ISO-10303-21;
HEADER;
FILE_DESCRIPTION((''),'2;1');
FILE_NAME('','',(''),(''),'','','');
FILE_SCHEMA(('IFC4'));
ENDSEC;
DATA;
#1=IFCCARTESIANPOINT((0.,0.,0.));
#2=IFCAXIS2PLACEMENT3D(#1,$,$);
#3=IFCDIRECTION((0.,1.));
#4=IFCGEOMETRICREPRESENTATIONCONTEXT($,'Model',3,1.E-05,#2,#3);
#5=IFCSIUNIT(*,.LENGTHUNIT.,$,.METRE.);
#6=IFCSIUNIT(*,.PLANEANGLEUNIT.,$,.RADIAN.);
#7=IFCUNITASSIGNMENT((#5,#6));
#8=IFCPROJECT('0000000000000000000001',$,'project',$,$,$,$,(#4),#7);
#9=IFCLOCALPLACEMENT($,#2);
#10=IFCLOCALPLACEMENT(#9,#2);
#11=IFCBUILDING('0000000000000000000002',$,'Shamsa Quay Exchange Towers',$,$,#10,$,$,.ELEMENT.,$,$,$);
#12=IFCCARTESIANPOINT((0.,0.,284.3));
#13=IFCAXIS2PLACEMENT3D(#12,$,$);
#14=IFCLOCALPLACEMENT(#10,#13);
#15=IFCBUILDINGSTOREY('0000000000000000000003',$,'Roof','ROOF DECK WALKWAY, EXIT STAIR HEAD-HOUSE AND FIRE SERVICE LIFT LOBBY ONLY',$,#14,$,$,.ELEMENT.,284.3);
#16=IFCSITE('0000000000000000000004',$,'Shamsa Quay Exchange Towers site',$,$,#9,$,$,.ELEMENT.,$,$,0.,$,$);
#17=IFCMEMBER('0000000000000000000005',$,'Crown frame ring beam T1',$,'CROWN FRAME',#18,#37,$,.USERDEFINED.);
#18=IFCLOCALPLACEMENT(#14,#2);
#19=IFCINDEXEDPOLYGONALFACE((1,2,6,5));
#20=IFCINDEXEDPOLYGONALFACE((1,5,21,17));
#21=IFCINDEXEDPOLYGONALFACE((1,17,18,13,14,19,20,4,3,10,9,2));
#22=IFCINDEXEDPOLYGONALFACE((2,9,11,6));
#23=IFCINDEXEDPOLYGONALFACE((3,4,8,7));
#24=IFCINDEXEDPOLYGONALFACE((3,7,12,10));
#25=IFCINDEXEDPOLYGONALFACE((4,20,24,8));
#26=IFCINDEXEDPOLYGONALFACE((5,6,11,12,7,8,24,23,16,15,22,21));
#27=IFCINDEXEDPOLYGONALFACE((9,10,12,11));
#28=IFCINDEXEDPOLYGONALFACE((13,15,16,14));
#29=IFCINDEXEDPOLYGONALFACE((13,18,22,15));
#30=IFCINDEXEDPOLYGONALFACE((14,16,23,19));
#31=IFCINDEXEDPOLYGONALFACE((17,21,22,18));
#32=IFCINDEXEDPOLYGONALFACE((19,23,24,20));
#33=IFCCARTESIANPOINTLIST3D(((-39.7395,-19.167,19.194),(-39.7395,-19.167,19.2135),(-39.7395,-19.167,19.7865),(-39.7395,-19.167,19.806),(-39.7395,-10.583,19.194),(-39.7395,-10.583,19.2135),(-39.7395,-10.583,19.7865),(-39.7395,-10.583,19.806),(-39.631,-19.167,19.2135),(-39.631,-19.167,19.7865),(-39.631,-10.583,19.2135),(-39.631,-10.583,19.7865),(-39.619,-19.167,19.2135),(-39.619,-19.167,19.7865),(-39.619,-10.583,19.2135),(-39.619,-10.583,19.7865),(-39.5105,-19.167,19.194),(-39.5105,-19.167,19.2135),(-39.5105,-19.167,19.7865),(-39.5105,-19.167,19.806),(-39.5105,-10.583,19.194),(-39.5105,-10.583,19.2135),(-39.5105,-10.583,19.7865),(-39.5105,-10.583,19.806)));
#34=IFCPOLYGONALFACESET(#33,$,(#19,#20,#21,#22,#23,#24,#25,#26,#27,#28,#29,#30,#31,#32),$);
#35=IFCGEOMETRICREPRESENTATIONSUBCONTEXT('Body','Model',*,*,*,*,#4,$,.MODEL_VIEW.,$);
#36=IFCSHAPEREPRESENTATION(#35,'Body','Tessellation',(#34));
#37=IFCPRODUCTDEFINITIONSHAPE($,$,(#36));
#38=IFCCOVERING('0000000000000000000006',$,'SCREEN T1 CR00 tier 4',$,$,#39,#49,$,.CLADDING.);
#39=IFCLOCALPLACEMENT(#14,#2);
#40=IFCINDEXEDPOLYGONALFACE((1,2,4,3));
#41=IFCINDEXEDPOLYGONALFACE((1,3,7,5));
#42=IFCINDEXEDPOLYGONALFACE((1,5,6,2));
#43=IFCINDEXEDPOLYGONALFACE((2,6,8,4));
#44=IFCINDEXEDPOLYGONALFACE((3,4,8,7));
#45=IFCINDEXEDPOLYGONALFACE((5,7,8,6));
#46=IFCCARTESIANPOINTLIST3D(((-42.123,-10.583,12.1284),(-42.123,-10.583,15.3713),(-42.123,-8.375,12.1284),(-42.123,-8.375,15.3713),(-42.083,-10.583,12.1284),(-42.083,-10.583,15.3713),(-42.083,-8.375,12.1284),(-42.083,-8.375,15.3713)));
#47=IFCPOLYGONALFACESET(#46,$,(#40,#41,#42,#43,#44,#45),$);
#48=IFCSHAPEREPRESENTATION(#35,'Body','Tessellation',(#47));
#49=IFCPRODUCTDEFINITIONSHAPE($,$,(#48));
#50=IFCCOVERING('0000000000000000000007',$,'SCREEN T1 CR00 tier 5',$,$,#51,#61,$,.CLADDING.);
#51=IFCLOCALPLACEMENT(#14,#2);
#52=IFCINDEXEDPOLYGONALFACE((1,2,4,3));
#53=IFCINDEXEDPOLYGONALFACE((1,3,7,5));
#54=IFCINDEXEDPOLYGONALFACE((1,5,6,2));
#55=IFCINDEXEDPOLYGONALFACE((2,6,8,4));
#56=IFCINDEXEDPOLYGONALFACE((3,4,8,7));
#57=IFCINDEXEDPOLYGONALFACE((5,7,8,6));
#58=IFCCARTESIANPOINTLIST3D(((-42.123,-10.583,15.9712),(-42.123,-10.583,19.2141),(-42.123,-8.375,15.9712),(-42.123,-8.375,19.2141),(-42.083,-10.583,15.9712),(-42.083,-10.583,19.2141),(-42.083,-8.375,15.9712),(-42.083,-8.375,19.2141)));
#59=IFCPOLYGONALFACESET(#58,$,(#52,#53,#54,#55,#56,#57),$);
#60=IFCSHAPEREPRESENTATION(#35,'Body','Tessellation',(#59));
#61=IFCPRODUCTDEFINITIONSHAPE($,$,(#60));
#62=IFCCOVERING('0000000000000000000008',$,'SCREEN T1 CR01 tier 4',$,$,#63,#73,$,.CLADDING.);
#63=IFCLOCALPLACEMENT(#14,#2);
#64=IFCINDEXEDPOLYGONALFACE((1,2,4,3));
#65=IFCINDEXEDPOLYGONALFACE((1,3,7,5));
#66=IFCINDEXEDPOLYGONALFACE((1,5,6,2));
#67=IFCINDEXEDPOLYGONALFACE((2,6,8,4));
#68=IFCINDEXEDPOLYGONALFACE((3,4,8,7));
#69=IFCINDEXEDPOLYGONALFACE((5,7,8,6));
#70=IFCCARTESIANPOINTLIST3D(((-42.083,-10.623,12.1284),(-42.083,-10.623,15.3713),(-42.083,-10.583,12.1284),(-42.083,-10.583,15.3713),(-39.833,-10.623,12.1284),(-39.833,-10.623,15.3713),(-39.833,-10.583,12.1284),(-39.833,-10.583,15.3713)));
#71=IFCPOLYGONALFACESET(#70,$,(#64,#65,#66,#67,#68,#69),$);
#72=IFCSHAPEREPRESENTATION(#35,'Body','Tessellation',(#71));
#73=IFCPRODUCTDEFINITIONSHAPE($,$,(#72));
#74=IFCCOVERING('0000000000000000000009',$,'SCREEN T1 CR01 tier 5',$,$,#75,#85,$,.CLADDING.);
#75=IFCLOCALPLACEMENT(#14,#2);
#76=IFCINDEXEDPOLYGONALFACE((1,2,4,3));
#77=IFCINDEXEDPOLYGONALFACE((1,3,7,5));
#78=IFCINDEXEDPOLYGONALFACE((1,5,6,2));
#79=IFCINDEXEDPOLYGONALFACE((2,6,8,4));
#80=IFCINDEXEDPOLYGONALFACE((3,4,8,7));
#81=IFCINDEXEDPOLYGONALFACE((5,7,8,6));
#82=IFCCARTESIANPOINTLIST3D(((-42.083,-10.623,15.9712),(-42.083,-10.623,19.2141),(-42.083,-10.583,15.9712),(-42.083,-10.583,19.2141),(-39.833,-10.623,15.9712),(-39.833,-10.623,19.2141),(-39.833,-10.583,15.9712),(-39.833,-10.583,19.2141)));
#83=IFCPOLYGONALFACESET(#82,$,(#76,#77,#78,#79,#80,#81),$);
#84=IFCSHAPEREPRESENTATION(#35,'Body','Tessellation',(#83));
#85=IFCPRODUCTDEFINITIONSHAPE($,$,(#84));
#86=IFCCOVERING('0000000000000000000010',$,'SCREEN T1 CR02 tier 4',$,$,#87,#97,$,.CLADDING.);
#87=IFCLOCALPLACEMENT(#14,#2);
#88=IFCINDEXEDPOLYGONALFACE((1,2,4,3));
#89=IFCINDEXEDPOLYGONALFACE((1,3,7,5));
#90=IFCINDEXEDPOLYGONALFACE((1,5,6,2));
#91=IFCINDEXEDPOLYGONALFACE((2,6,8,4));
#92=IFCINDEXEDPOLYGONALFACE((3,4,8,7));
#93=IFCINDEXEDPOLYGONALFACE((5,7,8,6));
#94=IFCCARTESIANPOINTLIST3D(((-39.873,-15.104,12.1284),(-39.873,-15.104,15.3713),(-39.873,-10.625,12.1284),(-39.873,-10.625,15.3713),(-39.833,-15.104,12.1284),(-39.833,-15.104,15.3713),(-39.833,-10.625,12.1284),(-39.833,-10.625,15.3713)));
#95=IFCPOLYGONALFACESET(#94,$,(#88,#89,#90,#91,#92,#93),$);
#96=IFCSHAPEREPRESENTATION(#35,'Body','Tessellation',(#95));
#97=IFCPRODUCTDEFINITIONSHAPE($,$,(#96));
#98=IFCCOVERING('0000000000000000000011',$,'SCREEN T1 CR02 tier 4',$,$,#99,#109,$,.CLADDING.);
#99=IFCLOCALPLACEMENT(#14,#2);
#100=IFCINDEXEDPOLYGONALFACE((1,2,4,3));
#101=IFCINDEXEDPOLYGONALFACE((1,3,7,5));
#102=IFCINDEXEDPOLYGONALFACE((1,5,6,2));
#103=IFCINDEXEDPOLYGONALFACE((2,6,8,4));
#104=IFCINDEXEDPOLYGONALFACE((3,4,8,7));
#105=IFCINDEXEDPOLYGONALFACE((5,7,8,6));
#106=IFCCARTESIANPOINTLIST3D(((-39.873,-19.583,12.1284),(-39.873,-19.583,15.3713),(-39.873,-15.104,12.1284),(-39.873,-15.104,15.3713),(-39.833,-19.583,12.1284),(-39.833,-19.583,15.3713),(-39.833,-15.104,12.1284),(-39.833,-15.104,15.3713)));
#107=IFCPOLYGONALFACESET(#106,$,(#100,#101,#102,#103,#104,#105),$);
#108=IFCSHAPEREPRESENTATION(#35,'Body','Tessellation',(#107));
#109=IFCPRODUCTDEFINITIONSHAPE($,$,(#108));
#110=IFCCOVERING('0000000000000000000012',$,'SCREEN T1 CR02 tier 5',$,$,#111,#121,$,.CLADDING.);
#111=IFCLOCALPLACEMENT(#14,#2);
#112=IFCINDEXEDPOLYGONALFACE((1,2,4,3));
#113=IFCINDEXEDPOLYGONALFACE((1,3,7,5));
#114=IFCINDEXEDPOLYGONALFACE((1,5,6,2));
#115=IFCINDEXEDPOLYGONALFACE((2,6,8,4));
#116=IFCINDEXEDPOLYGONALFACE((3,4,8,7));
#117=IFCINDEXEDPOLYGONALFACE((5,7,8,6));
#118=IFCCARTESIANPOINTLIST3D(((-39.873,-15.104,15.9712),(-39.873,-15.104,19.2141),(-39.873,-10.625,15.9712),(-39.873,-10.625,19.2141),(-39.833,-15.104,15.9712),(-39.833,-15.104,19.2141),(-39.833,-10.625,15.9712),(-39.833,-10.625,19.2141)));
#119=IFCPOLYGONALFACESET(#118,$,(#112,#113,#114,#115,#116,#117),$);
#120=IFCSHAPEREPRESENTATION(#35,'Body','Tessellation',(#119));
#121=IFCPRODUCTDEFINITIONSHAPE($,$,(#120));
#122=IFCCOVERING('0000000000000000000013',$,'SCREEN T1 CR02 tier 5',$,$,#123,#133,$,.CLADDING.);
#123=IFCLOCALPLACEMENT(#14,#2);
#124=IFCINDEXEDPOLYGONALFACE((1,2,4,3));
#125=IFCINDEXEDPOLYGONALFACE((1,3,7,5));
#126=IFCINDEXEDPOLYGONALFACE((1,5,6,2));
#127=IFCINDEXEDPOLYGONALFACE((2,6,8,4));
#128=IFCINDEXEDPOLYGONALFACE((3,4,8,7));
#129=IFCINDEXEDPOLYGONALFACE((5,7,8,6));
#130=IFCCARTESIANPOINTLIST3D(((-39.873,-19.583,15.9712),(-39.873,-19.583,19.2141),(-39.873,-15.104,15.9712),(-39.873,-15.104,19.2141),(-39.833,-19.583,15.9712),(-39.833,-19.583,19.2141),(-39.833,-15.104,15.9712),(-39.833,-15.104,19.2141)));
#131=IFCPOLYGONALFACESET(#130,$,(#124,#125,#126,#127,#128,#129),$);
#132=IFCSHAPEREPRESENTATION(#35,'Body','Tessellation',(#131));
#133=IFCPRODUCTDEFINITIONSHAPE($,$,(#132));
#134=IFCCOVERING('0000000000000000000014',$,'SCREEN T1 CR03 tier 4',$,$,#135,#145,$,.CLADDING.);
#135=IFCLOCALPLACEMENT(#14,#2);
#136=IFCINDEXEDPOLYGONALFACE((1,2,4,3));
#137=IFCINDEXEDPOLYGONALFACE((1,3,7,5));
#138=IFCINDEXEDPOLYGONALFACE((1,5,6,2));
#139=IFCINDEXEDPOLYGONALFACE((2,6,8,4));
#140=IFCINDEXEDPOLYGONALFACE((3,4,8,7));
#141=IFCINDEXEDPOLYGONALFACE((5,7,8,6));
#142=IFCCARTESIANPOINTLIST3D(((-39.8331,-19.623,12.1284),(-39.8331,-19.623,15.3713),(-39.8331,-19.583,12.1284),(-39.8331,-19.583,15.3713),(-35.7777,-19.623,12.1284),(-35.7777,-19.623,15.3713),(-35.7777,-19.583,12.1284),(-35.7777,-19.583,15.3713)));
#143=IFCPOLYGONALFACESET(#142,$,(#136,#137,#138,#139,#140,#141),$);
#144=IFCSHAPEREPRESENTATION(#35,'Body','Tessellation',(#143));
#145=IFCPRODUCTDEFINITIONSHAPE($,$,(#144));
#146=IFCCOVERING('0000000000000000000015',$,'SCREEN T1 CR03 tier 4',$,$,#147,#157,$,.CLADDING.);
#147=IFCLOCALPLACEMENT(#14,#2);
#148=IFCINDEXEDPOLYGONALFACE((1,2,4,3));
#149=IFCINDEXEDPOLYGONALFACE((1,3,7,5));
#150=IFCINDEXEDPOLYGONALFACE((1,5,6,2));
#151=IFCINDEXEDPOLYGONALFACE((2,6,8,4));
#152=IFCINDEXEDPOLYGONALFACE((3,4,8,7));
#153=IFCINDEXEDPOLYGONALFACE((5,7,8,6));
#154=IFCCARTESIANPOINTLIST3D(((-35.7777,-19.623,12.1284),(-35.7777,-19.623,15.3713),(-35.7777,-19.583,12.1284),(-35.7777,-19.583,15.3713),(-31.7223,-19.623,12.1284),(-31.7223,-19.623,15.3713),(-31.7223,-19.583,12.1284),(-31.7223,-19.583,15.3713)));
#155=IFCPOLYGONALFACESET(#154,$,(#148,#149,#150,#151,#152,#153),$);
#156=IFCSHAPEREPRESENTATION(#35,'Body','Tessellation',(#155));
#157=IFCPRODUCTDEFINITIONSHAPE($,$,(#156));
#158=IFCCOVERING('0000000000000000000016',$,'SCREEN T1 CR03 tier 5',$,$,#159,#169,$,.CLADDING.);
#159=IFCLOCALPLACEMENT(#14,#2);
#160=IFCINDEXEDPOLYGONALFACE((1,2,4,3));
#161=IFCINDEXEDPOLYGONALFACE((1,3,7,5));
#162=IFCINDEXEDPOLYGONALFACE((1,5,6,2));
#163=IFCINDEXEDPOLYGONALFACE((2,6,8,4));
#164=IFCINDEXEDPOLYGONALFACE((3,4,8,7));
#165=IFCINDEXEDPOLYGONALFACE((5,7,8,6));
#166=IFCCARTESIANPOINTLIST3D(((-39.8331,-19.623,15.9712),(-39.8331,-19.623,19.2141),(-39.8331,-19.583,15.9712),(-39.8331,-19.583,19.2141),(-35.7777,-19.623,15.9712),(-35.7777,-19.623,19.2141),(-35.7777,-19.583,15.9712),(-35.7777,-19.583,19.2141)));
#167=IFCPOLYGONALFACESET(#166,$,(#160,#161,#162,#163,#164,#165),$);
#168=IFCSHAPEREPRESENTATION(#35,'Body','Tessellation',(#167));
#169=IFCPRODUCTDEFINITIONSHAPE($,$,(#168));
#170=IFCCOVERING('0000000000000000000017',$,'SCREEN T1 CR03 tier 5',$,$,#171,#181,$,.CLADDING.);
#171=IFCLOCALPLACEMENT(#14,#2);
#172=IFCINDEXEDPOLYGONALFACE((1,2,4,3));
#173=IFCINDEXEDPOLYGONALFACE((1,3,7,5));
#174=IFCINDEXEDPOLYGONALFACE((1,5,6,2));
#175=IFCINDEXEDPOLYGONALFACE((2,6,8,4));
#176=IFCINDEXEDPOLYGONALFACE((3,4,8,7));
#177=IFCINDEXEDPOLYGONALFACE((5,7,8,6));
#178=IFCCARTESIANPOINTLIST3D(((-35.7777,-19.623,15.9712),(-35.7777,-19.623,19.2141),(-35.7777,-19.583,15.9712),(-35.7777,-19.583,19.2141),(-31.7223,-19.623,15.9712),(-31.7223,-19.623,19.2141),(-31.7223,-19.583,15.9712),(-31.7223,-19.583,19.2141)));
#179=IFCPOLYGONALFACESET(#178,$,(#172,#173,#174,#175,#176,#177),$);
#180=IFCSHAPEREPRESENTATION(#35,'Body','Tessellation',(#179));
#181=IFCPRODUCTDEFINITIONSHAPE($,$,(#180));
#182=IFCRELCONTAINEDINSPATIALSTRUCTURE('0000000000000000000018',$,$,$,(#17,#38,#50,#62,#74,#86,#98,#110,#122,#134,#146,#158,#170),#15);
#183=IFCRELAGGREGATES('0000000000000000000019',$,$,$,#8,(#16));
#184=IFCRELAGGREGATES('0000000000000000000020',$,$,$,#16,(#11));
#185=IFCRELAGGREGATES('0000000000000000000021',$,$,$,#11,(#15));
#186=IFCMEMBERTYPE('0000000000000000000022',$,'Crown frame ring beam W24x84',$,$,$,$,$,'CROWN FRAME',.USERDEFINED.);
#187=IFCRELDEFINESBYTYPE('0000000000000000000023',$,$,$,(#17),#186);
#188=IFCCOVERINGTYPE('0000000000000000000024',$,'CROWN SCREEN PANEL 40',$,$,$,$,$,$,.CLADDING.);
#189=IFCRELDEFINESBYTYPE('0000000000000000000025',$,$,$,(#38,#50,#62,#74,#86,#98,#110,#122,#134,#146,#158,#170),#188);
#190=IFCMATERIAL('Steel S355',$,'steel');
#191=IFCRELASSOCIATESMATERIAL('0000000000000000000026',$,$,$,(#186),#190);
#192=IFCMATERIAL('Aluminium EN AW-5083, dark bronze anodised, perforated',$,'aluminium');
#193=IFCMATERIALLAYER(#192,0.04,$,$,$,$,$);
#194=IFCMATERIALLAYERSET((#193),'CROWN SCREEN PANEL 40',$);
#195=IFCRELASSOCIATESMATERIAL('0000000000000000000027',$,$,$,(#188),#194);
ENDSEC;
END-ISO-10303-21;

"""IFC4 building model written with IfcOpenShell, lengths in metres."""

from ifc_helpers import new_model, si_unit, direction, frame, origin, origin_2d, place, context, subcontext, project, spatial, rectangle, i_section, extrude, material, layer, layer_set, material_profile, profile_set, type_object, element, save


model = new_model("IFC4")

# Units and contexts
model_context = context("Model", 3, precision=1e-05, world=origin(), true_north=direction((0.0, 1.0)))
body_context = subcontext(model_context, "Body", "Model", "MODEL_VIEW")
ifc_project = project(units=[si_unit("LENGTHUNIT", "METRE"), si_unit("PLANEANGLEUNIT", "RADIAN")], contexts=[model_context])

# Site, building, storey
site_placement = place(None, origin())
site = spatial("IfcSite", under=ifc_project, at=site_placement, Name="Shamsa Quay Exchange Towers site", CompositionType="ELEMENT", RefElevation=0.0)
building_placement = place(site_placement, origin())
building = spatial("IfcBuilding", under=site, at=building_placement, Name="Shamsa Quay Exchange Towers", CompositionType="ELEMENT")
storey_placement = place(building_placement, frame((0.0, 0.0, 284.3)))
storey = spatial("IfcBuildingStorey", under=building, at=storey_placement, Name="Roof", Description="ROOF DECK WALKWAY, EXIT STAIR HEAD-HOUSE AND FIRE SERVICE LIFT LOBBY ONLY", CompositionType="ELEMENT", Elevation=284.3)

# Member
ifc_material_1 = material(Name="Steel S355", Category="steel")
ifc_material_profile_1 = material_profile(ifc_material_1, i_section(OverallWidth=0.229, OverallDepth=0.6121, WebThickness=0.012, FlangeThickness=0.0195, at=origin_2d()), Name="W24x84")
ifc_profile_set_1 = profile_set([ifc_material_profile_1], Name="Steel S355")
member_type_1 = type_object("IfcMemberType", Name="Crown frame ring beam W24x84", ElementType="CROWN FRAME", PredefinedType="USERDEFINED", material=ifc_profile_set_1)
member_1_placement = place(storey_placement, frame((-39.625, -10.583, 19.5), z_axis=(0.0, -1.0, 0.0), x_axis=(1.0, 0.0, 0.0)))
element("IfcMember", 1, at=member_1_placement, inside=storey, type_object=member_type_1, Name="Crown frame ring beam T1", ObjectType="CROWN FRAME", PredefinedType="USERDEFINED", context=body_context, shape_type="SweptSolid", body=[
    extrude(i_section(OverallWidth=0.229, OverallDepth=0.6121, WebThickness=0.012, FlangeThickness=0.0195, at=origin_2d()), origin(), (0.0, 0.0, 1.0), 8.584),
])

# Coverings
ifc_material_2 = material(Name="Aluminium EN AW-5083, dark bronze anodised, perforated", Category="aluminium")
ifc_layer = layer(ifc_material_2, 0.04)
ifc_layer_set = layer_set([ifc_layer], Name="CROWN SCREEN PANEL 40")
covering_type = type_object("IfcCoveringType", Name="CROWN SCREEN PANEL 40", PredefinedType="CLADDING", material=ifc_layer_set)
for number, where, z_axis, x_axis, name in (
    (2, (-42.103, -9.479, 12.1284), (0.0, 0.0, 1.0), (0.0, -1.0, 0.0), "SCREEN T1 CR00 tier 4"),
    (3, (-42.103, -9.479, 15.9712), (0.0, 0.0, 1.0), (0.0, -1.0, 0.0), "SCREEN T1 CR00 tier 5"),
):
    element("IfcCovering", number, at=place(storey_placement, frame(where, z_axis=z_axis, x_axis=x_axis)), inside=storey, type_object=covering_type, Name=name, PredefinedType="CLADDING", context=body_context, shape_type="SweptSolid", body=[
        extrude(rectangle(XDim=2.208, YDim=0.04, at=origin_2d()), origin(), (0.0, 0.0, 1.0), 3.2429),
    ])
for number, where, name in (
    (4, (-40.958, -10.603, 12.1284), "SCREEN T1 CR01 tier 4"),
    (5, (-40.958, -10.603, 15.9712), "SCREEN T1 CR01 tier 5"),
):
    element("IfcCovering", number, at=place(storey_placement, frame(where)), inside=storey, type_object=covering_type, Name=name, PredefinedType="CLADDING", context=body_context, shape_type="SweptSolid", body=[
        extrude(rectangle(XDim=2.25, YDim=0.04, at=origin_2d()), origin(), (0.0, 0.0, 1.0), 3.2429),
    ])
for number, where, z_axis, x_axis, name in (
    (6, (-39.853, -12.8645, 12.1284), (0.0, 0.0, 1.0), (0.0, -1.0, 0.0), "SCREEN T1 CR02 tier 4"),
    (7, (-39.853, -17.3435, 12.1284), (0.0, 0.0, 1.0), (0.0, -1.0, 0.0), "SCREEN T1 CR02 tier 4"),
    (8, (-39.853, -12.8645, 15.9712), (0.0, 0.0, 1.0), (0.0, -1.0, 0.0), "SCREEN T1 CR02 tier 5"),
    (9, (-39.853, -17.3435, 15.9712), (0.0, 0.0, 1.0), (0.0, -1.0, 0.0), "SCREEN T1 CR02 tier 5"),
):
    element("IfcCovering", number, at=place(storey_placement, frame(where, z_axis=z_axis, x_axis=x_axis)), inside=storey, type_object=covering_type, Name=name, PredefinedType="CLADDING", context=body_context, shape_type="SweptSolid", body=[
        extrude(rectangle(XDim=4.479, YDim=0.04, at=origin_2d()), origin(), (0.0, 0.0, 1.0), 3.2429),
    ])
for number, where, name in (
    (10, (-37.8054, -19.603, 12.1284), "SCREEN T1 CR03 tier 4"),
    (11, (-33.75, -19.603, 12.1284), "SCREEN T1 CR03 tier 4"),
    (12, (-37.8054, -19.603, 15.9712), "SCREEN T1 CR03 tier 5"),
    (13, (-33.75, -19.603, 15.9712), "SCREEN T1 CR03 tier 5"),
):
    element("IfcCovering", number, at=place(storey_placement, frame(where)), inside=storey, type_object=covering_type, Name=name, PredefinedType="CLADDING", context=body_context, shape_type="SweptSolid", body=[
        extrude(rectangle(XDim=4.0554, YDim=0.04, at=origin_2d()), origin(), (0.0, 0.0, 1.0), 3.2429),
    ])

save(model, "model.ifc")
